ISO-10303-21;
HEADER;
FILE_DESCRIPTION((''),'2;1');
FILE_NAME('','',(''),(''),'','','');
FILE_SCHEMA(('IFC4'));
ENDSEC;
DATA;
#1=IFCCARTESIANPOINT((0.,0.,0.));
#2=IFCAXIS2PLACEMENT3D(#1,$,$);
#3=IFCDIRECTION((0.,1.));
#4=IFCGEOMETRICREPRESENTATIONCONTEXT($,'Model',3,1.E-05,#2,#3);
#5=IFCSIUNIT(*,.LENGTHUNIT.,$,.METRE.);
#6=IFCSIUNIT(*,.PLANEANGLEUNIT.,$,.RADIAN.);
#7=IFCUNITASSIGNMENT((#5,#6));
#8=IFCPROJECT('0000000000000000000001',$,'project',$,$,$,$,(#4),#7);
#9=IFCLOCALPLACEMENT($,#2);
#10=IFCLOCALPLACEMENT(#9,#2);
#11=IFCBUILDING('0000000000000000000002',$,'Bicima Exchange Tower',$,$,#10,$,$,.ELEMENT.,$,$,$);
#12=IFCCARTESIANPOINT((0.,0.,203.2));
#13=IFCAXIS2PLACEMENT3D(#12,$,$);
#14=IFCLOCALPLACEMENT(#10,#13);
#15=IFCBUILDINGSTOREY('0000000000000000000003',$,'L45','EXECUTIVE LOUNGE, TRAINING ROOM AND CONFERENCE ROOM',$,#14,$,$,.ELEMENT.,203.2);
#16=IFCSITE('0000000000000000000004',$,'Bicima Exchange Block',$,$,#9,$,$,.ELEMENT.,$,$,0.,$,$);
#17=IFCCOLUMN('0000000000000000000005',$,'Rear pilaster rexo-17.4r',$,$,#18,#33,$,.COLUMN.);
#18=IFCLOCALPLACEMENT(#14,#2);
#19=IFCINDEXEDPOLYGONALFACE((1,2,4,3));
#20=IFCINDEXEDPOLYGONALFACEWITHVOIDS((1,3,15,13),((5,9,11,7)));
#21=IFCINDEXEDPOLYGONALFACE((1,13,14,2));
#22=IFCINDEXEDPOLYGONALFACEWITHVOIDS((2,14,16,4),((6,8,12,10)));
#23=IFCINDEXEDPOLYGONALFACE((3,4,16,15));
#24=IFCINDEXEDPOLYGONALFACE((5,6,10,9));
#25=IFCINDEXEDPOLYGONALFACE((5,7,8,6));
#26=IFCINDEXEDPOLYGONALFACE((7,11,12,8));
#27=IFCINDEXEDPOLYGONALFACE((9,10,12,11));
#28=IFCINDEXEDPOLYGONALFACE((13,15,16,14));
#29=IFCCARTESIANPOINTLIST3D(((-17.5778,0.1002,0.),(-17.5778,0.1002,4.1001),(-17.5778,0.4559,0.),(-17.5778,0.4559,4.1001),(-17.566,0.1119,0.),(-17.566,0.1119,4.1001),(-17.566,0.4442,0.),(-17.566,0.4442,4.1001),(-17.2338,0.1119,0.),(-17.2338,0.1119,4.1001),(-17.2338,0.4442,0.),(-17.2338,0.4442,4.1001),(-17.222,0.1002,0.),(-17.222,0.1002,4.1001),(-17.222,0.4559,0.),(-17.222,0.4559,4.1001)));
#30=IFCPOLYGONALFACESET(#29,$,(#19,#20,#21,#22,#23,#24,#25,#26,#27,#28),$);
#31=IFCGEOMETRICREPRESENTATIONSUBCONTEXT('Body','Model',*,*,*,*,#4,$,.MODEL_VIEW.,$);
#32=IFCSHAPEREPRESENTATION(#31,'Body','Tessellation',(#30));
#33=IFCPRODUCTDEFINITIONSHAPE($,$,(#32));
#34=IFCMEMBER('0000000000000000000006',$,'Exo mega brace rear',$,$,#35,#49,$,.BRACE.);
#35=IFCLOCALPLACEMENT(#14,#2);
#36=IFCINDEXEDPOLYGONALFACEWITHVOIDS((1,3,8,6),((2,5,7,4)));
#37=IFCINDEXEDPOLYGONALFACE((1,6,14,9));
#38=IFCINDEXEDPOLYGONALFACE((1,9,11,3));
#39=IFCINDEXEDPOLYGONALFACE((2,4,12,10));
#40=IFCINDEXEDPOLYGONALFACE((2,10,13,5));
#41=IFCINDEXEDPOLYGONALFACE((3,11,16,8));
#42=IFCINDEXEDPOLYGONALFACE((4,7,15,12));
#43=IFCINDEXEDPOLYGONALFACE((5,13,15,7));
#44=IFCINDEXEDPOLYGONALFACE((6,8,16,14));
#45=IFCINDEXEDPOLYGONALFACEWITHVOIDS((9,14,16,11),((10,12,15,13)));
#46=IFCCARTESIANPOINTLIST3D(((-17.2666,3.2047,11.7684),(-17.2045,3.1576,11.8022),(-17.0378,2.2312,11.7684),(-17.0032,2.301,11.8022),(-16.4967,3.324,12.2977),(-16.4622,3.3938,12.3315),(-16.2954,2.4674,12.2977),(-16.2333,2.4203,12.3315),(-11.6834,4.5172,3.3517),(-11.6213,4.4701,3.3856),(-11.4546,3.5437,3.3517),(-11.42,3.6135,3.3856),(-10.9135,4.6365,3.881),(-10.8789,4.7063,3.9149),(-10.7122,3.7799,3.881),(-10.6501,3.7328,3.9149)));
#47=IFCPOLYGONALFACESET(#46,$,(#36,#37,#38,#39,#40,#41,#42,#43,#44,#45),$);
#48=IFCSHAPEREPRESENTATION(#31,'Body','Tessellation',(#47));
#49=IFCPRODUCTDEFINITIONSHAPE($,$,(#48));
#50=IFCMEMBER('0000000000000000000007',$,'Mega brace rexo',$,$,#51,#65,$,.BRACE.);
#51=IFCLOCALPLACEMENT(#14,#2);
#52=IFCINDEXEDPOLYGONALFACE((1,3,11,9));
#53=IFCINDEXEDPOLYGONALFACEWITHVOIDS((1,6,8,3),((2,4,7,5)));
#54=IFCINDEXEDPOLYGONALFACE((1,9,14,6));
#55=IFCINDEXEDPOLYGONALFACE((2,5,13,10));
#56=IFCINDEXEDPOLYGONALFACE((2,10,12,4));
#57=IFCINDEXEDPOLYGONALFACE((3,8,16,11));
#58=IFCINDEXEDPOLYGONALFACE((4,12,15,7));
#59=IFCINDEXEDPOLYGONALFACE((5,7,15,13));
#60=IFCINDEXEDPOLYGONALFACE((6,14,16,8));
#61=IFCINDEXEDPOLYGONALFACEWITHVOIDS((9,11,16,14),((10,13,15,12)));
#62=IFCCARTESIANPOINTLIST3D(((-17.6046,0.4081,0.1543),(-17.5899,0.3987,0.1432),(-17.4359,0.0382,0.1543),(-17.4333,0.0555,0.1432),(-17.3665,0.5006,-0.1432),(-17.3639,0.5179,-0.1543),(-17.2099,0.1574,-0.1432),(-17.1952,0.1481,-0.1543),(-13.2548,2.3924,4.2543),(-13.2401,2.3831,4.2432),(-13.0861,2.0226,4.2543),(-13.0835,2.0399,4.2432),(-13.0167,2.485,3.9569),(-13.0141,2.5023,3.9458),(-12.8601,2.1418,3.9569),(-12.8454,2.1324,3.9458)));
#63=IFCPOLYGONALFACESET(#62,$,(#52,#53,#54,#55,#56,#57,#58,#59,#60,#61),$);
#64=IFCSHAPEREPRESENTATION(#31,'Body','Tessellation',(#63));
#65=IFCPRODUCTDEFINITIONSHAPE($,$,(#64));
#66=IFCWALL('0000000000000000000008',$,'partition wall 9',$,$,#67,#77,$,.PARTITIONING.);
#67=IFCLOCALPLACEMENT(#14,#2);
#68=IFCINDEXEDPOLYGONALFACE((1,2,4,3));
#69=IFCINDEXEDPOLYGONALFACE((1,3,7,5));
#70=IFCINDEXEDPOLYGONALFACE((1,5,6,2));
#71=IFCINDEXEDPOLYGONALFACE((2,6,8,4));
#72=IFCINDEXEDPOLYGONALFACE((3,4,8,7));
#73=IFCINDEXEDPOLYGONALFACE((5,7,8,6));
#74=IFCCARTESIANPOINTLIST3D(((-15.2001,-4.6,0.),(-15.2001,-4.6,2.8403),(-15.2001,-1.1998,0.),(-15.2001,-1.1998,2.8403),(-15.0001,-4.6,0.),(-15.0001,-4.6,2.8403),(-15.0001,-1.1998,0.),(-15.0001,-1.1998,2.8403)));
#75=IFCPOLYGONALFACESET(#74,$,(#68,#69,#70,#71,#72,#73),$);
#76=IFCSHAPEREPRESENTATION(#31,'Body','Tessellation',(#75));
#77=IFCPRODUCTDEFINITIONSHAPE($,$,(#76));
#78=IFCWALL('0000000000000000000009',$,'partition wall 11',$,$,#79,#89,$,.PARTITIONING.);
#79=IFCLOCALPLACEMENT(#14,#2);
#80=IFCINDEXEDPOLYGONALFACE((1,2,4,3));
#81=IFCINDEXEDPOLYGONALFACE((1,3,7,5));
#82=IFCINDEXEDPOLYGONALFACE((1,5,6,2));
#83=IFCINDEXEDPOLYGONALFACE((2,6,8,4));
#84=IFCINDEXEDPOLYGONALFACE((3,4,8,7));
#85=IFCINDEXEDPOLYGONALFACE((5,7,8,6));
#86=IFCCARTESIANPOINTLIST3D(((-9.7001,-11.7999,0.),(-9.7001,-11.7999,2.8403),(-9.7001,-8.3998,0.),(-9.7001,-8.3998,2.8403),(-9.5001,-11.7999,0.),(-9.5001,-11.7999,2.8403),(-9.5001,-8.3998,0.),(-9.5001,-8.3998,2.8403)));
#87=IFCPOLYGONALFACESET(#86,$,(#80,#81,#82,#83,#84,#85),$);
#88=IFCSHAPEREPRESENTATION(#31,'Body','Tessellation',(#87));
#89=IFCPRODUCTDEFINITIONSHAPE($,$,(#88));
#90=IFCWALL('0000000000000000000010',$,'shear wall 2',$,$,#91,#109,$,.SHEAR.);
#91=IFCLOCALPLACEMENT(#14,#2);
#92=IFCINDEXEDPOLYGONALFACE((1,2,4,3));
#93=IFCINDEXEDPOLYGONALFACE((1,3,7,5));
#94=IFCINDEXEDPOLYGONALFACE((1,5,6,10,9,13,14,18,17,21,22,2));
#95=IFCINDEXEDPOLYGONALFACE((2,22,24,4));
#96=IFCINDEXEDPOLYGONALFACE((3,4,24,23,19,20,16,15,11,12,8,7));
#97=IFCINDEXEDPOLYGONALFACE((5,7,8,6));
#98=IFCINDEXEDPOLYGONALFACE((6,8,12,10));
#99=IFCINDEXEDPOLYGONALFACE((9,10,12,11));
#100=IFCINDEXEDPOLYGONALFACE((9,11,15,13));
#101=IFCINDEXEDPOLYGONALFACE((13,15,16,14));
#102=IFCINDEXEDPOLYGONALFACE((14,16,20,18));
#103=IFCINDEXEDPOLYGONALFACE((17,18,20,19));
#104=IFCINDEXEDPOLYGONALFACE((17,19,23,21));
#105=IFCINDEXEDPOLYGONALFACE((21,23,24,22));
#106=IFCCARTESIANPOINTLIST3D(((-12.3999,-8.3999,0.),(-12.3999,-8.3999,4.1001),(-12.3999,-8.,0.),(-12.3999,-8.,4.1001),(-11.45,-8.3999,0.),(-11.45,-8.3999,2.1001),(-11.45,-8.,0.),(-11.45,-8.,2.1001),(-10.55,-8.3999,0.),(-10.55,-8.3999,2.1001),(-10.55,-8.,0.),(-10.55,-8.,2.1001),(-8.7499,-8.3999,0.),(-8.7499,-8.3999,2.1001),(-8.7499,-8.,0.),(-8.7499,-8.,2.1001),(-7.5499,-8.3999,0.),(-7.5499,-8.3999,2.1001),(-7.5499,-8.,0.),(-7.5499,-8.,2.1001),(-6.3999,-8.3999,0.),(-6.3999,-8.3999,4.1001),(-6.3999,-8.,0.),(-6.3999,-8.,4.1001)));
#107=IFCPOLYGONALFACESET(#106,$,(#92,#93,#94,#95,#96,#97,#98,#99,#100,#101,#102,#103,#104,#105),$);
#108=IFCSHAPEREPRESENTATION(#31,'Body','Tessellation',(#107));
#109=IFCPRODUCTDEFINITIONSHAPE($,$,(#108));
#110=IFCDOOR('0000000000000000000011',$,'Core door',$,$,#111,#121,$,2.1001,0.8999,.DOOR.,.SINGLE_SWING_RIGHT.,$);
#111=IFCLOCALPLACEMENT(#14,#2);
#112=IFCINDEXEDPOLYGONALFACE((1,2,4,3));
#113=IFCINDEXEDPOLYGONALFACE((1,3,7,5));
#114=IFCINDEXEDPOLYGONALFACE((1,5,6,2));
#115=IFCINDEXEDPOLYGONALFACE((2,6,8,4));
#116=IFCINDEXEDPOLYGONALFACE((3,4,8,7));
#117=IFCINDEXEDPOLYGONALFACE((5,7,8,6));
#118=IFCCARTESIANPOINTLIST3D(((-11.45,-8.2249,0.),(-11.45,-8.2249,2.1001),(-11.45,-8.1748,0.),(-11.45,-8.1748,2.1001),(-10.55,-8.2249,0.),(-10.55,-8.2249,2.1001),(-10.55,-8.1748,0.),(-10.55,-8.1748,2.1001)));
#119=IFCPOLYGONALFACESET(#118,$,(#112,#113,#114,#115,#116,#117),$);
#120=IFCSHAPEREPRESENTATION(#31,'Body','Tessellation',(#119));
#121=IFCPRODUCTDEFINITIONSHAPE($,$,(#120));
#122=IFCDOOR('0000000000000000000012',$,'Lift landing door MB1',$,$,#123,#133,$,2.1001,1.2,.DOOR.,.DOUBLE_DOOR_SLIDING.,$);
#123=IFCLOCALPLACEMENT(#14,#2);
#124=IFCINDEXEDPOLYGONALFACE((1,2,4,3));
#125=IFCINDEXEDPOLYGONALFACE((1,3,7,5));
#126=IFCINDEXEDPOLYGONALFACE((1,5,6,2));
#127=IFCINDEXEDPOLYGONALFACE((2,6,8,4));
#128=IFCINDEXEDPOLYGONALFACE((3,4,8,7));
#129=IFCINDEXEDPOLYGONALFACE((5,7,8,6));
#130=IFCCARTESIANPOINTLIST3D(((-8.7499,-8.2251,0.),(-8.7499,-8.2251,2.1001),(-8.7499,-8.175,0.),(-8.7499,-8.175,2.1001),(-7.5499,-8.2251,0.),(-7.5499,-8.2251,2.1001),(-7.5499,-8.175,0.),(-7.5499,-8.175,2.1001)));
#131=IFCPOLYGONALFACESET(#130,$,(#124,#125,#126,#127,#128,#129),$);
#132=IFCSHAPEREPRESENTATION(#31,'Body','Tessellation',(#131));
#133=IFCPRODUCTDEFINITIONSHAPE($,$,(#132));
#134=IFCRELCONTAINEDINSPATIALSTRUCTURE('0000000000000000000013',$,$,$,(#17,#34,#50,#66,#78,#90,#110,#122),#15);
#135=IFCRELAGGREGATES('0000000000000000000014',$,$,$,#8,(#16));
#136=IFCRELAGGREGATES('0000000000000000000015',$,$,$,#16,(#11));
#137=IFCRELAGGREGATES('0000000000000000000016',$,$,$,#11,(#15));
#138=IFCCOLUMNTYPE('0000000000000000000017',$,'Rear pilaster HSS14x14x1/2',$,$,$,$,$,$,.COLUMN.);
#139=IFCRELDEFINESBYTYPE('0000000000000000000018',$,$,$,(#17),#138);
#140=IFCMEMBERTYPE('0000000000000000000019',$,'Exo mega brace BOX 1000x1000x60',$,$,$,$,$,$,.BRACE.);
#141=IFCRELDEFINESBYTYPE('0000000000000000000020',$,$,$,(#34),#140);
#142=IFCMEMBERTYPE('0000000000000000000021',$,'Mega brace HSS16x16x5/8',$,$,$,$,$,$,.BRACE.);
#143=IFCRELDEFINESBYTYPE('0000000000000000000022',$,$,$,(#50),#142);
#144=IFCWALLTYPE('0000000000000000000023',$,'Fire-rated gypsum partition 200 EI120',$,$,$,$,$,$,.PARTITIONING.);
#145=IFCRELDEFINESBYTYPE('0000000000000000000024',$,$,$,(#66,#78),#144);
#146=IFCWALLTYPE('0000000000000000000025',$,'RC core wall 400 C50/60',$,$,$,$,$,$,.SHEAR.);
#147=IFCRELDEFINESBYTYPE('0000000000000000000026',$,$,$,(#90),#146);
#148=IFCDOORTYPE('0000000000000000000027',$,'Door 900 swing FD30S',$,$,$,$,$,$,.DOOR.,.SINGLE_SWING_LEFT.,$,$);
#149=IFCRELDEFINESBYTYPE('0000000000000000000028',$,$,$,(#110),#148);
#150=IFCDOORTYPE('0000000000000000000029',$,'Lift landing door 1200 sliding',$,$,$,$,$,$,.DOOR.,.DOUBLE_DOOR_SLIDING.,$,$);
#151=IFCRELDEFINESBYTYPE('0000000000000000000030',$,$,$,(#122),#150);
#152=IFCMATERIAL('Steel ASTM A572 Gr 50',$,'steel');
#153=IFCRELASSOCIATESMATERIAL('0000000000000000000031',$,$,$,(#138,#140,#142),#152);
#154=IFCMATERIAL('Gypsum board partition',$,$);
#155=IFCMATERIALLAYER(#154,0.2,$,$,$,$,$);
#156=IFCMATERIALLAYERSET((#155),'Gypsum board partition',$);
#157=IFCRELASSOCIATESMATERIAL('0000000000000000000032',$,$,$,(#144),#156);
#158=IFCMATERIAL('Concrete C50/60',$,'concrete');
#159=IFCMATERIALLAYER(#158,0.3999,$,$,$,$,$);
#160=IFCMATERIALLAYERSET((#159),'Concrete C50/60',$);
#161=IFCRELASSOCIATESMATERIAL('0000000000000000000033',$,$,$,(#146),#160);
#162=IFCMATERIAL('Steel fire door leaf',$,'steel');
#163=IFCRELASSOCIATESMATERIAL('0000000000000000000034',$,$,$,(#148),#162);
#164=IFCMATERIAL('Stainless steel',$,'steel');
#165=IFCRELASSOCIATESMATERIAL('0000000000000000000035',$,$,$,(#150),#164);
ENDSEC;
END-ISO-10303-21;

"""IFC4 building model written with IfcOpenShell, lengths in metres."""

from ifc_helpers import new_model, si_unit, direction, frame, frame_2d, origin, origin_2d, place, context, subcontext, project, spatial, rectangle, hollow_rectangle, extrude, material, layer, layer_set, material_profile, profile_set, type_object, element, fill, save


model = new_model("IFC4")

# Units and contexts
model_context = context("Model", 3, precision=1e-05, world=origin(), true_north=direction((0.0, 1.0)))
body_context = subcontext(model_context, "Body", "Model", "MODEL_VIEW")
ifc_project = project(units=[si_unit("LENGTHUNIT", "METRE"), si_unit("PLANEANGLEUNIT", "RADIAN")], contexts=[model_context])

# Site, building, storey
site_placement = place(None, origin())
site = spatial("IfcSite", under=ifc_project, at=site_placement, Name="Bicima Exchange Block", CompositionType="ELEMENT", RefElevation=0.0)
building_placement = place(site_placement, origin())
building = spatial("IfcBuilding", under=site, at=building_placement, Name="Bicima Exchange Tower", CompositionType="ELEMENT")
storey_placement = place(building_placement, frame((0.0, 0.0, 203.2)))
storey = spatial("IfcBuildingStorey", under=building, at=storey_placement, Name="L45", Description="EXECUTIVE LOUNGE, TRAINING ROOM AND CONFERENCE ROOM", CompositionType="ELEMENT", Elevation=203.2)

# Column
ifc_material_1 = material(Name="Steel ASTM A572 Gr 50", Category="steel")
ifc_material_profile_1 = material_profile(ifc_material_1, hollow_rectangle(XDim=0.3557, YDim=0.3557, WallThickness=0.0117, at=origin_2d()))
ifc_profile_set_1 = profile_set([ifc_material_profile_1], Name="Steel ASTM A572 Gr 50")
column_type = type_object("IfcColumnType", Name="Rear pilaster HSS14x14x1/2", PredefinedType="COLUMN", material=ifc_profile_set_1)
column_placement = place(storey_placement, frame((-17.3999, 0.2781, 0.0), z_axis=(0.0, 0.0, 1.0), x_axis=(1.0, 0.0, 0.0)))
element("IfcColumn", 1, at=column_placement, inside=storey, type_object=column_type, Name="Rear pilaster rexo-17.4r", PredefinedType="COLUMN", context=body_context, shape_type="SweptSolid", body=[
    extrude(hollow_rectangle(XDim=0.3557, YDim=0.3557, WallThickness=0.0117, at=origin_2d()), origin(), (0.0, 0.0, 1.0), 4.1001),
])

# Members
ifc_material_profile_2 = material_profile(ifc_material_1, hollow_rectangle(XDim=1.0, YDim=1.0, WallThickness=0.0601, at=origin_2d()))
ifc_profile_set_2 = profile_set([ifc_material_profile_2], Name="Steel ASTM A572 Gr 50")
member_type_1 = type_object("IfcMemberType", Name="Exo mega brace BOX 1000x1000x60", PredefinedType="BRACE", material=ifc_profile_set_2)
member_1_placement = place(storey_placement, frame((-11.1667, 4.125, 3.6333), z_axis=(-0.548176, -0.128864, 0.826376), x_axis=(0.22884, -0.973464, 0.0)))
element("IfcMember", 2, at=member_1_placement, inside=storey, type_object=member_type_1, Name="Exo mega brace rear", PredefinedType="BRACE", context=body_context, shape_type="SweptSolid", body=[
    extrude(hollow_rectangle(XDim=1.0, YDim=1.0, WallThickness=0.0601, at=origin_2d()), origin(), (0.0, 0.0, 1.0), 10.1851),
])
ifc_material_profile_3 = material_profile(ifc_material_1, hollow_rectangle(XDim=0.4065, YDim=0.4065, WallThickness=0.0146, at=origin_2d()))
ifc_profile_set_3 = profile_set([ifc_material_profile_3], Name="Steel ASTM A572 Gr 50")
member_type_2 = type_object("IfcMemberType", Name="Mega brace HSS16x16x5/8", PredefinedType="BRACE", material=ifc_profile_set_3)
member_2_placement = place(storey_placement, frame((-17.3999, 0.2781, 0.0), z_axis=(0.690629, 0.31506, 0.650975), x_axis=(-0.415045, 0.909801, 0.0)))
element("IfcMember", 3, at=member_2_placement, inside=storey, type_object=member_type_2, Name="Mega brace rexo", PredefinedType="BRACE", context=body_context, shape_type="SweptSolid", body=[
    extrude(hollow_rectangle(XDim=0.4065, YDim=0.4065, WallThickness=0.0146, at=origin_2d()), origin(), (0.0, 0.0, 1.0), 6.2983),
])

# Walls
ifc_material_2 = material(Name="Gypsum board partition")
ifc_layer_1 = layer(ifc_material_2, 0.2)
ifc_layer_set_1 = layer_set([ifc_layer_1], Name="Gypsum board partition")
wall_type_1 = type_object("IfcWallType", Name="Fire-rated gypsum partition 200 EI120", PredefinedType="PARTITIONING", material=ifc_layer_set_1)
for number, where, z_axis, x_axis, name in (
    (4, (-15.1001, -4.6001, 0.0), (0.0, 0.0, 1.0), (0.0, 1.0, 0.0), "partition wall 9"),
    (5, (-9.6001, -11.8, 0.0), (0.0, 0.0, 1.0), (0.0, 1.0, 0.0), "partition wall 11"),
):
    element("IfcWall", number, at=place(storey_placement, frame(where, z_axis=z_axis, x_axis=x_axis)), inside=storey, type_object=wall_type_1, Name=name, PredefinedType="PARTITIONING", context=body_context, shape_type="SweptSolid", body=[
        extrude(rectangle(XDim=3.4001, YDim=0.2, at=frame_2d((1.7002, 0.0))), origin(), (0.0, 0.0, 1.0), 2.8403),
    ])

# Wall, openings, doors
ifc_material_3 = material(Name="Concrete C50/60", Category="concrete")
ifc_layer_2 = layer(ifc_material_3, 0.3999)
ifc_layer_set_2 = layer_set([ifc_layer_2], Name="Concrete C50/60")
wall_type_2 = type_object("IfcWallType", Name="RC core wall 400 C50/60", PredefinedType="SHEAR", material=ifc_layer_set_2)
wall_1_placement = place(storey_placement, frame((-12.3999, -8.2, 0.0), z_axis=(0.0, 0.0, 1.0), x_axis=(1.0, 0.0, 0.0)))
wall_1 = element("IfcWall", 6, at=wall_1_placement, inside=storey, type_object=wall_type_2, Name="shear wall 2", PredefinedType="SHEAR", context=body_context, shape_type="SweptSolid", body=[
    extrude(rectangle(XDim=6.0, YDim=0.3999, at=frame_2d((3.0, 0.0))), origin(), (0.0, 0.0, 1.0), 4.1001),
])
opening_1_placement = place(wall_1_placement, frame((3.6499, 0.0, 0.0)))
opening_1 = element("IfcOpeningElement", 7, at=opening_1_placement, cuts=wall_1, PredefinedType="OPENING", context=body_context, shape_type="SweptSolid", body=[
    extrude(rectangle(XDim=1.2, YDim=2.1001, at=frame_2d((0.6001, 1.05))), frame((0.0, 0.2119, 0.0), z_axis=(0.0, -1.0, 0.0), x_axis=(1.0, 0.0, 0.0)), (0.0, 0.0, 1.0), 0.4238),
])
opening_2_placement = place(wall_1_placement, frame((0.95, 0.0, 0.0)))
opening_2 = element("IfcOpeningElement", 8, at=opening_2_placement, cuts=wall_1, PredefinedType="OPENING", context=body_context, shape_type="SweptSolid", body=[
    extrude(rectangle(XDim=0.8999, YDim=2.1001, at=frame_2d((0.45, 1.05))), frame((0.0, 0.2119, 0.0), z_axis=(0.0, -1.0, 0.0), x_axis=(1.0, 0.0, 0.0)), (0.0, 0.0, 1.0), 0.4238),
])
ifc_material_4 = material(Name="Steel fire door leaf", Category="steel")
door_type_1 = type_object("IfcDoorType", Name="Door 900 swing FD30S", OperationType="SINGLE_SWING_LEFT", PredefinedType="DOOR", material=ifc_material_4)
door_1_placement = place(opening_2_placement, frame((0.8999, 0.0, 0.0), z_axis=(0.0, 0.0, 1.0), x_axis=(-1.0, 0.0, 0.0)))
door_1 = element("IfcDoor", 9, at=door_1_placement, inside=storey, type_object=door_type_1, Name="Core door", OperationType="SINGLE_SWING_RIGHT", OverallHeight=2.1001, OverallWidth=0.8999, PredefinedType="DOOR", context=body_context, shape_type="SweptSolid", body=[
    extrude(rectangle(XDim=0.8999, YDim=2.1001, at=frame_2d((0.45, 1.05))), frame((0.0, 0.0249, 0.0), z_axis=(0.0, -1.0, 0.0), x_axis=(1.0, 0.0, 0.0)), (0.0, 0.0, 1.0), 0.05),
])
fill(opening_2, door_1)
ifc_material_5 = material(Name="Stainless steel", Category="steel")
door_type_2 = type_object("IfcDoorType", Name="Lift landing door 1200 sliding", OperationType="DOUBLE_DOOR_SLIDING", PredefinedType="DOOR", material=ifc_material_5)
door_2_placement = place(opening_1_placement, origin())
door_2 = element("IfcDoor", 10, at=door_2_placement, inside=storey, type_object=door_type_2, Name="Lift landing door MB1", OperationType="DOUBLE_DOOR_SLIDING", OverallHeight=2.1001, OverallWidth=1.2, PredefinedType="DOOR", context=body_context, shape_type="SweptSolid", body=[
    extrude(rectangle(XDim=1.2, YDim=2.1001, at=frame_2d((0.6001, 1.05))), frame((0.0, 0.0249, 0.0), z_axis=(0.0, -1.0, 0.0), x_axis=(1.0, 0.0, 0.0)), (0.0, 0.0, 1.0), 0.05),
])
fill(opening_1, door_2)

save(model, "model.ifc")
